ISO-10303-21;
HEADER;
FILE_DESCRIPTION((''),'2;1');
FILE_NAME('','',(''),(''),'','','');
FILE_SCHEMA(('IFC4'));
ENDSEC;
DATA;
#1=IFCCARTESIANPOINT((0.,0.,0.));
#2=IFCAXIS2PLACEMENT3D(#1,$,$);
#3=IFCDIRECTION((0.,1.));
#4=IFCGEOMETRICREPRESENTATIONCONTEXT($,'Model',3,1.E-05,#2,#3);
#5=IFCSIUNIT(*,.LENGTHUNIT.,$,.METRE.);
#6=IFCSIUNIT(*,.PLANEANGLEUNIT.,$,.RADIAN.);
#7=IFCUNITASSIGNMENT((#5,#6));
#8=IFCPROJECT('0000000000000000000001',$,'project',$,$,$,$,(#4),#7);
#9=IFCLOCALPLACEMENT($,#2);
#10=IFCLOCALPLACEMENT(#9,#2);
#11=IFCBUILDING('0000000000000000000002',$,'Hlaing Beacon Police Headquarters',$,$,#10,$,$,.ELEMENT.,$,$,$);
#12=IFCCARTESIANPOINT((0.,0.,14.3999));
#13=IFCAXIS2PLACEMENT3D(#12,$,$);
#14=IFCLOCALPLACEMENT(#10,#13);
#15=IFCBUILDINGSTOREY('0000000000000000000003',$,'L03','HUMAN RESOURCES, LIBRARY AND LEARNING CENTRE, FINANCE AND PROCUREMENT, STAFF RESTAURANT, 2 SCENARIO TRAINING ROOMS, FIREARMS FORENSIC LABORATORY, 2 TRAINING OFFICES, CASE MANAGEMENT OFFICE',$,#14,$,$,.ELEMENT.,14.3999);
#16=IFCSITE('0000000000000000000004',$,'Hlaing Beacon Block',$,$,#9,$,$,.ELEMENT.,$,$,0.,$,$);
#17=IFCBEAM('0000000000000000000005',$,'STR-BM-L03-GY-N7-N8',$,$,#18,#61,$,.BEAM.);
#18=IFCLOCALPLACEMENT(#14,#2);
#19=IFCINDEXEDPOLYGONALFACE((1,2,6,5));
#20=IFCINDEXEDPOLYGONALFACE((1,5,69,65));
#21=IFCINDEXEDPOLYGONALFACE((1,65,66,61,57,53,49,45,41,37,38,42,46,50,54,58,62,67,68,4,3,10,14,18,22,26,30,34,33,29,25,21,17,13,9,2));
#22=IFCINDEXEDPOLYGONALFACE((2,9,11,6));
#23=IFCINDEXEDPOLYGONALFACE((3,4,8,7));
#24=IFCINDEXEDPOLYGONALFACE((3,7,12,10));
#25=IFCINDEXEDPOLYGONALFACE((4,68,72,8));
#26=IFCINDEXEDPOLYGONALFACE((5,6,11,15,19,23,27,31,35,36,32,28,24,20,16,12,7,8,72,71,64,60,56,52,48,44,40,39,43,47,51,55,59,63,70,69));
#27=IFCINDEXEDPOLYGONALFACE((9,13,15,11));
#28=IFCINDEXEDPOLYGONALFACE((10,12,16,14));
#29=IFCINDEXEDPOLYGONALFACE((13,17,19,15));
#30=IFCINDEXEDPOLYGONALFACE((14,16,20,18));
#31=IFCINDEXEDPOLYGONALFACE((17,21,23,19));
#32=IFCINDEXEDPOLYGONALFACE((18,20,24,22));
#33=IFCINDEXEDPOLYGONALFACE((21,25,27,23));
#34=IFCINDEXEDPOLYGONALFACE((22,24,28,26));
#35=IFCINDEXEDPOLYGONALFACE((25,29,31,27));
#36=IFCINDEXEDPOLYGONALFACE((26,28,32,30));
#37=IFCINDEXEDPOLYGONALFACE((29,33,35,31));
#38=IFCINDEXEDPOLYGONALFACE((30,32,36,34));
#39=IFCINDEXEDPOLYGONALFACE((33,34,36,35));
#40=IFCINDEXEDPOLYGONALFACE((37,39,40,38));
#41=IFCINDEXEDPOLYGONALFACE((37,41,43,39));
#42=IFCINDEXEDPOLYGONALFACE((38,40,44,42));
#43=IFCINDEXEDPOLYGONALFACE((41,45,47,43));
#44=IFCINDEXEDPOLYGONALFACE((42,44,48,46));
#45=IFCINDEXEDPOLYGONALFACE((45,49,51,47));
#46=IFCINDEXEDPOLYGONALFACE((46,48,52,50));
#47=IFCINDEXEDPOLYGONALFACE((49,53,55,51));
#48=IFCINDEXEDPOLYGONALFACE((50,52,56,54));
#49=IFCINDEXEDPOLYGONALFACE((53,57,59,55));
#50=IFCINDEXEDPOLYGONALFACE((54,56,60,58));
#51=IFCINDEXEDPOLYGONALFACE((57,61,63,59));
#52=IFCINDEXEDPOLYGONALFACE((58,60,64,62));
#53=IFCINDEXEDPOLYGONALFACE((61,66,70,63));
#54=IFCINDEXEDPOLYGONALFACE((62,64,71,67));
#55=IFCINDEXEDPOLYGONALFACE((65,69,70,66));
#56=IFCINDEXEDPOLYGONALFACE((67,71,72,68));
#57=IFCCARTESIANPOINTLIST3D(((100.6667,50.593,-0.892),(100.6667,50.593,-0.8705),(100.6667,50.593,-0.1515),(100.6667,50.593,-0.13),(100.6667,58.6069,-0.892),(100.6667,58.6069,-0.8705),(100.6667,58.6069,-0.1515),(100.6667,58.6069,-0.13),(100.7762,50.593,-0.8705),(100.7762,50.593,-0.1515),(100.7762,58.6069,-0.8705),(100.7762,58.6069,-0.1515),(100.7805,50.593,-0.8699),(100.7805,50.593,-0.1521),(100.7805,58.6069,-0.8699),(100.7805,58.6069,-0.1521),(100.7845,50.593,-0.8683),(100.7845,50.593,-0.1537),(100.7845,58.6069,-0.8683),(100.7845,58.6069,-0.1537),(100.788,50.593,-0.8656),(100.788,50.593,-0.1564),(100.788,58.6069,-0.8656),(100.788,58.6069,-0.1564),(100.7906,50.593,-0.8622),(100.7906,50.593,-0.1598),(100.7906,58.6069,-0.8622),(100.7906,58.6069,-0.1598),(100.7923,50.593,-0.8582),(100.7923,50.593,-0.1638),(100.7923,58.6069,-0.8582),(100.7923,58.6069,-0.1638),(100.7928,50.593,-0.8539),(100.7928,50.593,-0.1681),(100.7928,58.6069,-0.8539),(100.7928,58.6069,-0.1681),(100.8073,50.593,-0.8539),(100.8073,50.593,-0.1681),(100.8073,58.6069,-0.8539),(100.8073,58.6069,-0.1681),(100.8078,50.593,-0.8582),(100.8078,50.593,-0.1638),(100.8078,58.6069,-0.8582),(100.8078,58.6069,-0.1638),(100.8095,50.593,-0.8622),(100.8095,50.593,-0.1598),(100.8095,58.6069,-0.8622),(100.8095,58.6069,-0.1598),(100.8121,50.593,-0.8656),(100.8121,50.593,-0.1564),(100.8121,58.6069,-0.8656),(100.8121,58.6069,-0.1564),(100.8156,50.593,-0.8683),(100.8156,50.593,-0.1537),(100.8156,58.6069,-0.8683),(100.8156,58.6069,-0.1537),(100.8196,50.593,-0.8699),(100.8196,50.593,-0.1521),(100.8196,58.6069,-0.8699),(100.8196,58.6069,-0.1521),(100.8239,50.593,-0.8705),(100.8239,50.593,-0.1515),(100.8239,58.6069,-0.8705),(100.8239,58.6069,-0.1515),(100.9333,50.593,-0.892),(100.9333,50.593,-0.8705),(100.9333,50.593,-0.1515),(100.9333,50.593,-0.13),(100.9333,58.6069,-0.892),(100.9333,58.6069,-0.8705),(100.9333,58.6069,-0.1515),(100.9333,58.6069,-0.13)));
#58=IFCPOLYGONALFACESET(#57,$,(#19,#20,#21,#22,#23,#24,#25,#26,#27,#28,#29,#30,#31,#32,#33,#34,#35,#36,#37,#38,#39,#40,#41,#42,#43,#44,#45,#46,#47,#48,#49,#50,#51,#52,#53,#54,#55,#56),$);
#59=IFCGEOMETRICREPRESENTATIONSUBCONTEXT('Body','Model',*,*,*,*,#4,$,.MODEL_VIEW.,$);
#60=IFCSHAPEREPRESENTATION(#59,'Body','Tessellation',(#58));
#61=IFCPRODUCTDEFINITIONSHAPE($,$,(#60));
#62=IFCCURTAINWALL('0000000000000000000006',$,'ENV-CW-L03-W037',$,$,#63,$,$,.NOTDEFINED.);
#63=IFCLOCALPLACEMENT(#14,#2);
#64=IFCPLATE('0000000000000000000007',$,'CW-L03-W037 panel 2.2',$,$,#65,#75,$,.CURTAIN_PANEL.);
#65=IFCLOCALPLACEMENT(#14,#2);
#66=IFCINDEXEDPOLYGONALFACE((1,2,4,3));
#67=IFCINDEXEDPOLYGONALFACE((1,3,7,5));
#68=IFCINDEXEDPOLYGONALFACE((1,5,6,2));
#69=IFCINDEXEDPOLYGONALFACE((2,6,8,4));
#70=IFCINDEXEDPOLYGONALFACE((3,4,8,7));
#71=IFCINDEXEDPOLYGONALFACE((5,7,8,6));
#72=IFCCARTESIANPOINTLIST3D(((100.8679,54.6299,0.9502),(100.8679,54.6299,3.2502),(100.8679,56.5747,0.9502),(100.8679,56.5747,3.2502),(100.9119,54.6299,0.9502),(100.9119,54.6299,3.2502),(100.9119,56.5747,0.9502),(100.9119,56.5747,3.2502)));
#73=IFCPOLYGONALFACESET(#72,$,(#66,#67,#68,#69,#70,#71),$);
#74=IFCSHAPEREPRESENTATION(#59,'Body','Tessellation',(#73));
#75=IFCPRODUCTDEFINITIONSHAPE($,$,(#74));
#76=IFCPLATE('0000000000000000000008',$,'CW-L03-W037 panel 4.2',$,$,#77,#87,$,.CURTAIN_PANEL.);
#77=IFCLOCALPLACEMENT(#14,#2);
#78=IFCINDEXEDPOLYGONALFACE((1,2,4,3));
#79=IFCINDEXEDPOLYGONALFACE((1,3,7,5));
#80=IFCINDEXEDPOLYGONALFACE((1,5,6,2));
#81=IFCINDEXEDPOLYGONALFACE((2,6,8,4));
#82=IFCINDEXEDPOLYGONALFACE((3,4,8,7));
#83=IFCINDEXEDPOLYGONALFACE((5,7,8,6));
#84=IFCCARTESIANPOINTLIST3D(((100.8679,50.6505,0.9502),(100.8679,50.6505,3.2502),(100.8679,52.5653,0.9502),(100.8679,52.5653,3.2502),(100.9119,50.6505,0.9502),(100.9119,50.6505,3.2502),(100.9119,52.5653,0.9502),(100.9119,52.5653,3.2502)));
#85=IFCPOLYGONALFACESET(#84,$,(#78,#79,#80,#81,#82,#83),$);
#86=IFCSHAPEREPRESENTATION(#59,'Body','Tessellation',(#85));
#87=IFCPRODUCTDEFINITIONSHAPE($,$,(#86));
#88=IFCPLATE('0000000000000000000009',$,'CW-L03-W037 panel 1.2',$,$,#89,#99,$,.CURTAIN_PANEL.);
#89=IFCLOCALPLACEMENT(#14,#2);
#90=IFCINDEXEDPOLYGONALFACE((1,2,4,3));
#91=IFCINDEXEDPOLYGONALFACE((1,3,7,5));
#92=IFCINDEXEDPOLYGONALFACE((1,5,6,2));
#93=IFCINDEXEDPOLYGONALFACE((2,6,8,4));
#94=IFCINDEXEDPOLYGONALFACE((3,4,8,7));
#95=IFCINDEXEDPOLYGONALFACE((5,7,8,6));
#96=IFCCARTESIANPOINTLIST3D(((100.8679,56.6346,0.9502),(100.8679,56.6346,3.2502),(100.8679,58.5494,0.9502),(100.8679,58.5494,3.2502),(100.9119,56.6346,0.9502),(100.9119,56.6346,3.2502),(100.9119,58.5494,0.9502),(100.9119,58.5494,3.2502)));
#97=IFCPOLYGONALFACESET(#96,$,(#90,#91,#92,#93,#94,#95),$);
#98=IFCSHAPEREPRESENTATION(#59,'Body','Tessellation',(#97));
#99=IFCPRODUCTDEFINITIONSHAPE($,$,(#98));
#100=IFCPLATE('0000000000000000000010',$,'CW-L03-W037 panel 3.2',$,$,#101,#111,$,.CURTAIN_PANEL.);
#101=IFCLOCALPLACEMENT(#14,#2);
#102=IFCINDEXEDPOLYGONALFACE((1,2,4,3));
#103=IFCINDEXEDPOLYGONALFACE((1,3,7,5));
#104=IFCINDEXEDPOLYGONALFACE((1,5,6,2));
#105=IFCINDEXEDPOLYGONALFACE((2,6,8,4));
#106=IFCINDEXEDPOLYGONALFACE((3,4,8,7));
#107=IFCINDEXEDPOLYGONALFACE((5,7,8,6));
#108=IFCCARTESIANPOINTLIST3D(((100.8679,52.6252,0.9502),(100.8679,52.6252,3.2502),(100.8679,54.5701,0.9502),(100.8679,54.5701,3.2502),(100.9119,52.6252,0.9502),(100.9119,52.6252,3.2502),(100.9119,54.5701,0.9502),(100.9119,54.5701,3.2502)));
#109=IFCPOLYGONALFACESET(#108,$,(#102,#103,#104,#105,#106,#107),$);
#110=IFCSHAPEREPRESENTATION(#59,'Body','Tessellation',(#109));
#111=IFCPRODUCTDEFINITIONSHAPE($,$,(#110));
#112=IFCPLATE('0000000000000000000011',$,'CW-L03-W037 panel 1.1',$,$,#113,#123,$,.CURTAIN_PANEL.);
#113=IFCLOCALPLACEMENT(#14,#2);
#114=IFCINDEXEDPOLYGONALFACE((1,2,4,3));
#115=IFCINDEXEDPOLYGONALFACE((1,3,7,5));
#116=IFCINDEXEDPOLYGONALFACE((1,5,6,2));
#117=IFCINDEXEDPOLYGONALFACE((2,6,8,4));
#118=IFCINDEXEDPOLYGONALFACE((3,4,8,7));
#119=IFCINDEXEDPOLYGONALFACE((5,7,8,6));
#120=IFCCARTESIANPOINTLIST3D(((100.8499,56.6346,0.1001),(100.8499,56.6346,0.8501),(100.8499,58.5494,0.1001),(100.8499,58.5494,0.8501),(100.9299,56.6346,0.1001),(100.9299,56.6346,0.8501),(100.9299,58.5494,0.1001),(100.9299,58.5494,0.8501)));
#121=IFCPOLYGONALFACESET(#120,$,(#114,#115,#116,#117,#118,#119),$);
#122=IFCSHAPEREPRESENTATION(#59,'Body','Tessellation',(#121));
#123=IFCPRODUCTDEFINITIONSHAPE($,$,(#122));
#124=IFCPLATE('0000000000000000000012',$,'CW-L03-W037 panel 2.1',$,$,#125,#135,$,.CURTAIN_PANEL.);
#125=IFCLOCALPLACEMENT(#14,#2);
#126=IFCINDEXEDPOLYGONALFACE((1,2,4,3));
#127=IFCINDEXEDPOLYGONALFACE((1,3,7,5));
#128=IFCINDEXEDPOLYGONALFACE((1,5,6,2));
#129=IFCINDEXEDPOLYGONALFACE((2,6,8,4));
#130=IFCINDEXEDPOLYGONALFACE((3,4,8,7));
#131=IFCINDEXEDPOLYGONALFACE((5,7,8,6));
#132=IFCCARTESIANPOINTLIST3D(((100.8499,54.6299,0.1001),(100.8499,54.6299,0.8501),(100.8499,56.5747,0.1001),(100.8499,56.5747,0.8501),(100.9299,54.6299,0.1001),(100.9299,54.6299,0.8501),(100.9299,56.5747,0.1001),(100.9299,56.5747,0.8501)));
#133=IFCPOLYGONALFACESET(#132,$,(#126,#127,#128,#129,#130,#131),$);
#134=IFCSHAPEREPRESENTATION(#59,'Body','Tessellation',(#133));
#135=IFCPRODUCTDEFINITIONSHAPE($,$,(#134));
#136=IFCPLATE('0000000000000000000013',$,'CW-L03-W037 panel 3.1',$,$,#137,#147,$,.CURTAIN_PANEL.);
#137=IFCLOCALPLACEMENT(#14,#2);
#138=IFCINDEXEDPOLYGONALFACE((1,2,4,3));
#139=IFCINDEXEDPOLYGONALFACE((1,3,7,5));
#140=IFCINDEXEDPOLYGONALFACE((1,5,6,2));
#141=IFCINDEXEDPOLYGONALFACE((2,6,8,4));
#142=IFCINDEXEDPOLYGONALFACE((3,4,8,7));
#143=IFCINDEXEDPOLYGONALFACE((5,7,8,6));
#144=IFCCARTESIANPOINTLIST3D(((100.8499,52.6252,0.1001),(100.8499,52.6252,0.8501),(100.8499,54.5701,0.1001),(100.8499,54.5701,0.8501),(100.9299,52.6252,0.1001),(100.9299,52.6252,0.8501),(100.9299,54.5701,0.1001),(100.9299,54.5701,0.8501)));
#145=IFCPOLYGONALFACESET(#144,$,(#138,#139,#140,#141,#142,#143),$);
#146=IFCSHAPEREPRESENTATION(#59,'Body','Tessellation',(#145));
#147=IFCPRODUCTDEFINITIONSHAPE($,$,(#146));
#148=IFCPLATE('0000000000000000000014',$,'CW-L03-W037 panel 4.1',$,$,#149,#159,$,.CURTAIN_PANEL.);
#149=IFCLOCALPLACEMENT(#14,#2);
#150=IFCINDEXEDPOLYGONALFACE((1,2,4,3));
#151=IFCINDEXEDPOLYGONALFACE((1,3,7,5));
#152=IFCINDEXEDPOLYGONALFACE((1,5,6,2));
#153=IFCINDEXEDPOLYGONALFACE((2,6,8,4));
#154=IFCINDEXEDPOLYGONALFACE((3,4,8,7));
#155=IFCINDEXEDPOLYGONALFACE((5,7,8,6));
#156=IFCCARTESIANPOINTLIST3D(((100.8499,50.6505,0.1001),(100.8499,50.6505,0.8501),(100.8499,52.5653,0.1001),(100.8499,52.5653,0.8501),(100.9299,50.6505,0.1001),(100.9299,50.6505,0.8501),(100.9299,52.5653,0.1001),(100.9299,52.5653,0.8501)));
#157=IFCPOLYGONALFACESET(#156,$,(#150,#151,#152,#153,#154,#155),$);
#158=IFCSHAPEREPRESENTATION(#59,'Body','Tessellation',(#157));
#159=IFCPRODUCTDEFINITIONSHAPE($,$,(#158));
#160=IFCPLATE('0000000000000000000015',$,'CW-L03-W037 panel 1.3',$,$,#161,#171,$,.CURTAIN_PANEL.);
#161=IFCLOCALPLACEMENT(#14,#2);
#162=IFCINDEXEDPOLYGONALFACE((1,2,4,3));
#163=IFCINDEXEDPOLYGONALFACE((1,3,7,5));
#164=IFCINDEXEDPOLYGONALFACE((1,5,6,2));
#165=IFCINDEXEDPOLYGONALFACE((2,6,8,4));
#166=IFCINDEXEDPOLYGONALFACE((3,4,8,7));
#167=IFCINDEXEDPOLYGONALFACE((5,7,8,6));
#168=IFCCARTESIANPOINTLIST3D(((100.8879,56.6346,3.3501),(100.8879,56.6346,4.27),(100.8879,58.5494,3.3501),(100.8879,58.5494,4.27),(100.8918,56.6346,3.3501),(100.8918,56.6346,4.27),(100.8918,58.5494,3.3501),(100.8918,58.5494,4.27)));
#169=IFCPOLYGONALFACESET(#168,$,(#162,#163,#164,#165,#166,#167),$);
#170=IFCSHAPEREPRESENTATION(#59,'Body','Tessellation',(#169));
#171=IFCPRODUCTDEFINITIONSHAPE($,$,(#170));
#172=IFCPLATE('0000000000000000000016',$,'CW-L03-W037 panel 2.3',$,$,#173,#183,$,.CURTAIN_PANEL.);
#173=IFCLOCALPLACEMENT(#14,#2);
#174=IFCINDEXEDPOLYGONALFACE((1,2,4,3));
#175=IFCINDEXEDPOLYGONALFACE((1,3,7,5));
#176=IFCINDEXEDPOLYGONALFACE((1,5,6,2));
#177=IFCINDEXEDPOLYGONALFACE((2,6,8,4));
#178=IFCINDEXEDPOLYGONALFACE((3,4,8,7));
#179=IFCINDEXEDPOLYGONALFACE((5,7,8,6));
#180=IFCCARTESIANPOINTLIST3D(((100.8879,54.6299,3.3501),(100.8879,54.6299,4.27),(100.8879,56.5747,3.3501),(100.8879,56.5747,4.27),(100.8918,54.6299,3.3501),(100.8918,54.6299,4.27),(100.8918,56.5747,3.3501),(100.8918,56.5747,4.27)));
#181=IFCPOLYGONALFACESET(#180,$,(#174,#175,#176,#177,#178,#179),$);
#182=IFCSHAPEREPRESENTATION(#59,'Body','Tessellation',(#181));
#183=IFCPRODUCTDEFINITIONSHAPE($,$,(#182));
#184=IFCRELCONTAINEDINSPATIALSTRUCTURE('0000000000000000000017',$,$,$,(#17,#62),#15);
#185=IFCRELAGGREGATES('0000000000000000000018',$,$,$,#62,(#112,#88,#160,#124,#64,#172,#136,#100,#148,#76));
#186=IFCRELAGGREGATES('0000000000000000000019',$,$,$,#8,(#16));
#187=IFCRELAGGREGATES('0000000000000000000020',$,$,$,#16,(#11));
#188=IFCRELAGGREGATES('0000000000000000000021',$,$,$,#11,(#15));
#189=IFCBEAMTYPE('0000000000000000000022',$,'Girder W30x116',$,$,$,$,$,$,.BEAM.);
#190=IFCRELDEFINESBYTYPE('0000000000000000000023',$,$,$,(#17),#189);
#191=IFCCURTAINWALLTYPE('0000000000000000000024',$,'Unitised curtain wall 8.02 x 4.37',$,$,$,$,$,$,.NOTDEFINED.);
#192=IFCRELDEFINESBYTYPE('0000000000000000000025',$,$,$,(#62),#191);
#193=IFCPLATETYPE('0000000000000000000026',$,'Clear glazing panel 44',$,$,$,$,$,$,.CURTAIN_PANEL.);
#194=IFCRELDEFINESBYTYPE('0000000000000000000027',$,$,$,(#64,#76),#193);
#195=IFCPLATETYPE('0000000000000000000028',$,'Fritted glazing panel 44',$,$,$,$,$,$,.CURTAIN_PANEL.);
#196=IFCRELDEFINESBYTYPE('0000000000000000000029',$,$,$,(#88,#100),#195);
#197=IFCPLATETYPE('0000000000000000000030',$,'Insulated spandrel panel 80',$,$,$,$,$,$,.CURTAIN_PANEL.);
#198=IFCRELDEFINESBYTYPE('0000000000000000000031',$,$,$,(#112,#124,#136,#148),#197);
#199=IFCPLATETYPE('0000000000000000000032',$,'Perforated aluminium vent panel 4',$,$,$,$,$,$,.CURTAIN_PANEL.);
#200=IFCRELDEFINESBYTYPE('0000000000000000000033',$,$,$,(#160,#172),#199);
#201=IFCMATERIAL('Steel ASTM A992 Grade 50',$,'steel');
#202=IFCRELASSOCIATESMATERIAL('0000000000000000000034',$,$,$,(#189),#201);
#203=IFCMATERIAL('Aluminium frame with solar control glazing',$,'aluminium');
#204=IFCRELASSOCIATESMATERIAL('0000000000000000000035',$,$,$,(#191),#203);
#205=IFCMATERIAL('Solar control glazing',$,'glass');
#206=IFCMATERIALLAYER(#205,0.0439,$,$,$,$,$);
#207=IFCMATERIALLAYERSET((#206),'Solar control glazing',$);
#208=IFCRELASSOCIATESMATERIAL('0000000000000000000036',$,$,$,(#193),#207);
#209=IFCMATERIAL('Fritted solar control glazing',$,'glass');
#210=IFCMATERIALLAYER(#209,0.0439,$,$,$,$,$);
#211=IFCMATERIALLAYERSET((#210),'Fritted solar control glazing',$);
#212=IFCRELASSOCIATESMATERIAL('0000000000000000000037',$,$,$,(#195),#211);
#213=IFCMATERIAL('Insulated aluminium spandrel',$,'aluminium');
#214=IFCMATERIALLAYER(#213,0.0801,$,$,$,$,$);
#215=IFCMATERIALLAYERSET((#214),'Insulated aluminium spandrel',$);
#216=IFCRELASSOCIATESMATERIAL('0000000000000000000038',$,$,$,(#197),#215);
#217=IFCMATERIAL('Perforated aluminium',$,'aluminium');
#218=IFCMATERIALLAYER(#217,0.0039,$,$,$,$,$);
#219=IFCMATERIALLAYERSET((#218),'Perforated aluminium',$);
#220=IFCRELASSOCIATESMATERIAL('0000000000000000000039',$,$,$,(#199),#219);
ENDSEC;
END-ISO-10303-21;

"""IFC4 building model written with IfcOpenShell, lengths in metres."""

from ifc_helpers import new_model, si_unit, direction, frame, origin, origin_2d, place, context, subcontext, project, spatial, rectangle, i_section, extrude, material, layer, layer_set, material_profile, profile_set, type_object, element, aggregate, save


model = new_model("IFC4")

# Units and contexts
model_context = context("Model", 3, precision=1e-05, world=origin(), true_north=direction((0.0, 1.0)))
body_context = subcontext(model_context, "Body", "Model", "MODEL_VIEW")
ifc_project = project(units=[si_unit("LENGTHUNIT", "METRE"), si_unit("PLANEANGLEUNIT", "RADIAN")], contexts=[model_context])

# Site, building, storey
site_placement = place(None, origin())
site = spatial("IfcSite", under=ifc_project, at=site_placement, Name="Hlaing Beacon Block", CompositionType="ELEMENT", RefElevation=0.0)
building_placement = place(site_placement, origin())
building = spatial("IfcBuilding", under=site, at=building_placement, Name="Hlaing Beacon Police Headquarters", CompositionType="ELEMENT")
storey_placement = place(building_placement, frame((0.0, 0.0, 14.3999)))
storey = spatial("IfcBuildingStorey", under=building, at=storey_placement, Name="L03", Description="HUMAN RESOURCES, LIBRARY AND LEARNING CENTRE, FINANCE AND PROCUREMENT, STAFF RESTAURANT, 2 SCENARIO TRAINING ROOMS, FIREARMS FORENSIC LABORATORY, 2 TRAINING OFFICES, CASE MANAGEMENT OFFICE", CompositionType="ELEMENT", Elevation=14.3999)

# Beam
ifc_material_1 = material(Name="Steel ASTM A992 Grade 50", Category="steel")
ifc_material_profile_1 = material_profile(ifc_material_1, i_section(OverallWidth=0.2666, OverallDepth=0.762, WebThickness=0.0144, FlangeThickness=0.0215, FilletRadius=0.0166, at=origin_2d()), Name="W30x116")
ifc_profile_set_1 = profile_set([ifc_material_profile_1], Name="Steel ASTM A992 Grade 50")
beam_type_1 = type_object("IfcBeamType", Name="Girder W30x116", PredefinedType="BEAM", material=ifc_profile_set_1)
beam_1_placement = place(storey_placement, frame((100.8, 50.593, -0.511), z_axis=(0.0, 1.0, 0.0), x_axis=(-1.0, 0.0, 0.0)))
element("IfcBeam", 1, at=beam_1_placement, inside=storey, type_object=beam_type_1, Name="STR-BM-L03-GY-N7-N8", PredefinedType="BEAM", context=body_context, shape_type="SweptSolid", body=[
    extrude(i_section(OverallWidth=0.2666, OverallDepth=0.762, WebThickness=0.0144, FlangeThickness=0.0215, FilletRadius=0.0166, at=origin_2d()), origin(), (0.0, 0.0, 1.0), 8.0139),
])

# Curtain wall, plates
ifc_material_2 = material(Name="Aluminium frame with solar control glazing", Category="aluminium")
curtain_wall_type = type_object("IfcCurtainWallType", Name="Unitised curtain wall 8.02 x 4.37", PredefinedType="NOTDEFINED", material=ifc_material_2)
curtain_wall_placement = place(storey_placement, origin())
curtain_wall = element("IfcCurtainWall", 2, at=curtain_wall_placement, inside=storey, type_object=curtain_wall_type, Name="ENV-CW-L03-W037", PredefinedType="NOTDEFINED")
ifc_material_3 = material(Name="Solar control glazing", Category="glass")
ifc_layer_1 = layer(ifc_material_3, 0.0439)
ifc_layer_set_1 = layer_set([ifc_layer_1], Name="Solar control glazing")
plate_type_1 = type_object("IfcPlateType", Name="Clear glazing panel 44", PredefinedType="CURTAIN_PANEL", material=ifc_layer_set_1)
plate_1_placement = place(storey_placement, frame((100.8899, 55.6023, 0.9502), z_axis=(0.0, 0.0, 1.0), x_axis=(0.0, -1.0, 0.0)))
plate_1 = element("IfcPlate", 3, at=plate_1_placement, type_object=plate_type_1, Name="CW-L03-W037 panel 2.2", PredefinedType="CURTAIN_PANEL", context=body_context, shape_type="SweptSolid", body=[
    extrude(rectangle(XDim=1.9448, YDim=0.0439, at=origin_2d()), origin(), (0.0, 0.0, 1.0), 2.3),
])
plate_2_placement = place(storey_placement, frame((100.8899, 51.6079, 0.9502), z_axis=(0.0, 0.0, 1.0), x_axis=(0.0, -1.0, 0.0)))
plate_2 = element("IfcPlate", 4, at=plate_2_placement, type_object=plate_type_1, Name="CW-L03-W037 panel 4.2", PredefinedType="CURTAIN_PANEL", context=body_context, shape_type="SweptSolid", body=[
    extrude(rectangle(XDim=1.9148, YDim=0.0439, at=origin_2d()), origin(), (0.0, 0.0, 1.0), 2.3),
])
ifc_material_4 = material(Name="Fritted solar control glazing", Category="glass")
ifc_layer_2 = layer(ifc_material_4, 0.0439)
ifc_layer_set_2 = layer_set([ifc_layer_2], Name="Fritted solar control glazing")
plate_type_2 = type_object("IfcPlateType", Name="Fritted glazing panel 44", PredefinedType="CURTAIN_PANEL", material=ifc_layer_set_2)
plate_3_placement = place(storey_placement, frame((100.8899, 57.592, 0.9502), z_axis=(0.0, 0.0, 1.0), x_axis=(0.0, -1.0, 0.0)))
plate_3 = element("IfcPlate", 5, at=plate_3_placement, type_object=plate_type_2, Name="CW-L03-W037 panel 1.2", PredefinedType="CURTAIN_PANEL", context=body_context, shape_type="SweptSolid", body=[
    extrude(rectangle(XDim=1.9148, YDim=0.0439, at=origin_2d()), origin(), (0.0, 0.0, 1.0), 2.3),
])
plate_4_placement = place(storey_placement, frame((100.8899, 53.5977, 0.9502), z_axis=(0.0, 0.0, 1.0), x_axis=(0.0, -1.0, 0.0)))
plate_4 = element("IfcPlate", 6, at=plate_4_placement, type_object=plate_type_2, Name="CW-L03-W037 panel 3.2", PredefinedType="CURTAIN_PANEL", context=body_context, shape_type="SweptSolid", body=[
    extrude(rectangle(XDim=1.9448, YDim=0.0439, at=origin_2d()), origin(), (0.0, 0.0, 1.0), 2.3),
])
ifc_material_5 = material(Name="Insulated aluminium spandrel", Category="aluminium")
ifc_layer_3 = layer(ifc_material_5, 0.0801)
ifc_layer_set_3 = layer_set([ifc_layer_3], Name="Insulated aluminium spandrel")
plate_type_3 = type_object("IfcPlateType", Name="Insulated spandrel panel 80", PredefinedType="CURTAIN_PANEL", material=ifc_layer_set_3)
plate_5_placement = place(storey_placement, frame((100.8899, 57.592, 0.1001), z_axis=(0.0, 0.0, 1.0), x_axis=(0.0, -1.0, 0.0)))
plate_5 = element("IfcPlate", 7, at=plate_5_placement, type_object=plate_type_3, Name="CW-L03-W037 panel 1.1", PredefinedType="CURTAIN_PANEL", context=body_context, shape_type="SweptSolid", body=[
    extrude(rectangle(XDim=1.9148, YDim=0.0801, at=origin_2d()), origin(), (0.0, 0.0, 1.0), 0.75),
])
plate_6_placement = place(storey_placement, frame((100.8899, 55.6023, 0.1001), z_axis=(0.0, 0.0, 1.0), x_axis=(0.0, -1.0, 0.0)))
plate_6 = element("IfcPlate", 8, at=plate_6_placement, type_object=plate_type_3, Name="CW-L03-W037 panel 2.1", PredefinedType="CURTAIN_PANEL", context=body_context, shape_type="SweptSolid", body=[
    extrude(rectangle(XDim=1.9448, YDim=0.0801, at=origin_2d()), origin(), (0.0, 0.0, 1.0), 0.75),
])
plate_7_placement = place(storey_placement, frame((100.8899, 53.5977, 0.1001), z_axis=(0.0, 0.0, 1.0), x_axis=(0.0, -1.0, 0.0)))
plate_7 = element("IfcPlate", 9, at=plate_7_placement, type_object=plate_type_3, Name="CW-L03-W037 panel 3.1", PredefinedType="CURTAIN_PANEL", context=body_context, shape_type="SweptSolid", body=[
    extrude(rectangle(XDim=1.9448, YDim=0.0801, at=origin_2d()), origin(), (0.0, 0.0, 1.0), 0.75),
])
plate_8_placement = place(storey_placement, frame((100.8899, 51.6079, 0.1001), z_axis=(0.0, 0.0, 1.0), x_axis=(0.0, -1.0, 0.0)))
plate_8 = element("IfcPlate", 10, at=plate_8_placement, type_object=plate_type_3, Name="CW-L03-W037 panel 4.1", PredefinedType="CURTAIN_PANEL", context=body_context, shape_type="SweptSolid", body=[
    extrude(rectangle(XDim=1.9148, YDim=0.0801, at=origin_2d()), origin(), (0.0, 0.0, 1.0), 0.75),
])
ifc_material_6 = material(Name="Perforated aluminium", Category="aluminium")
ifc_layer_4 = layer(ifc_material_6, 0.0039)
ifc_layer_set_4 = layer_set([ifc_layer_4], Name="Perforated aluminium")
plate_type_4 = type_object("IfcPlateType", Name="Perforated aluminium vent panel 4", PredefinedType="CURTAIN_PANEL", material=ifc_layer_set_4)
plate_9_placement = place(storey_placement, frame((100.8899, 57.592, 3.3501), z_axis=(0.0, 0.0, 1.0), x_axis=(0.0, -1.0, 0.0)))
plate_9 = element("IfcPlate", 11, at=plate_9_placement, type_object=plate_type_4, Name="CW-L03-W037 panel 1.3", PredefinedType="CURTAIN_PANEL", context=body_context, shape_type="SweptSolid", body=[
    extrude(rectangle(XDim=1.9148, YDim=0.0039, at=origin_2d()), origin(), (0.0, 0.0, 1.0), 0.9199),
])
plate_10_placement = place(storey_placement, frame((100.8899, 55.6023, 3.3501), z_axis=(0.0, 0.0, 1.0), x_axis=(0.0, -1.0, 0.0)))
plate_10 = element("IfcPlate", 12, at=plate_10_placement, type_object=plate_type_4, Name="CW-L03-W037 panel 2.3", PredefinedType="CURTAIN_PANEL", context=body_context, shape_type="SweptSolid", body=[
    extrude(rectangle(XDim=1.9448, YDim=0.0039, at=origin_2d()), origin(), (0.0, 0.0, 1.0), 0.9199),
])
aggregate(curtain_wall, [plate_5, plate_3, plate_9, plate_6, plate_1, plate_10, plate_7, plate_4, plate_8, plate_2])

save(model, "model.ifc")
